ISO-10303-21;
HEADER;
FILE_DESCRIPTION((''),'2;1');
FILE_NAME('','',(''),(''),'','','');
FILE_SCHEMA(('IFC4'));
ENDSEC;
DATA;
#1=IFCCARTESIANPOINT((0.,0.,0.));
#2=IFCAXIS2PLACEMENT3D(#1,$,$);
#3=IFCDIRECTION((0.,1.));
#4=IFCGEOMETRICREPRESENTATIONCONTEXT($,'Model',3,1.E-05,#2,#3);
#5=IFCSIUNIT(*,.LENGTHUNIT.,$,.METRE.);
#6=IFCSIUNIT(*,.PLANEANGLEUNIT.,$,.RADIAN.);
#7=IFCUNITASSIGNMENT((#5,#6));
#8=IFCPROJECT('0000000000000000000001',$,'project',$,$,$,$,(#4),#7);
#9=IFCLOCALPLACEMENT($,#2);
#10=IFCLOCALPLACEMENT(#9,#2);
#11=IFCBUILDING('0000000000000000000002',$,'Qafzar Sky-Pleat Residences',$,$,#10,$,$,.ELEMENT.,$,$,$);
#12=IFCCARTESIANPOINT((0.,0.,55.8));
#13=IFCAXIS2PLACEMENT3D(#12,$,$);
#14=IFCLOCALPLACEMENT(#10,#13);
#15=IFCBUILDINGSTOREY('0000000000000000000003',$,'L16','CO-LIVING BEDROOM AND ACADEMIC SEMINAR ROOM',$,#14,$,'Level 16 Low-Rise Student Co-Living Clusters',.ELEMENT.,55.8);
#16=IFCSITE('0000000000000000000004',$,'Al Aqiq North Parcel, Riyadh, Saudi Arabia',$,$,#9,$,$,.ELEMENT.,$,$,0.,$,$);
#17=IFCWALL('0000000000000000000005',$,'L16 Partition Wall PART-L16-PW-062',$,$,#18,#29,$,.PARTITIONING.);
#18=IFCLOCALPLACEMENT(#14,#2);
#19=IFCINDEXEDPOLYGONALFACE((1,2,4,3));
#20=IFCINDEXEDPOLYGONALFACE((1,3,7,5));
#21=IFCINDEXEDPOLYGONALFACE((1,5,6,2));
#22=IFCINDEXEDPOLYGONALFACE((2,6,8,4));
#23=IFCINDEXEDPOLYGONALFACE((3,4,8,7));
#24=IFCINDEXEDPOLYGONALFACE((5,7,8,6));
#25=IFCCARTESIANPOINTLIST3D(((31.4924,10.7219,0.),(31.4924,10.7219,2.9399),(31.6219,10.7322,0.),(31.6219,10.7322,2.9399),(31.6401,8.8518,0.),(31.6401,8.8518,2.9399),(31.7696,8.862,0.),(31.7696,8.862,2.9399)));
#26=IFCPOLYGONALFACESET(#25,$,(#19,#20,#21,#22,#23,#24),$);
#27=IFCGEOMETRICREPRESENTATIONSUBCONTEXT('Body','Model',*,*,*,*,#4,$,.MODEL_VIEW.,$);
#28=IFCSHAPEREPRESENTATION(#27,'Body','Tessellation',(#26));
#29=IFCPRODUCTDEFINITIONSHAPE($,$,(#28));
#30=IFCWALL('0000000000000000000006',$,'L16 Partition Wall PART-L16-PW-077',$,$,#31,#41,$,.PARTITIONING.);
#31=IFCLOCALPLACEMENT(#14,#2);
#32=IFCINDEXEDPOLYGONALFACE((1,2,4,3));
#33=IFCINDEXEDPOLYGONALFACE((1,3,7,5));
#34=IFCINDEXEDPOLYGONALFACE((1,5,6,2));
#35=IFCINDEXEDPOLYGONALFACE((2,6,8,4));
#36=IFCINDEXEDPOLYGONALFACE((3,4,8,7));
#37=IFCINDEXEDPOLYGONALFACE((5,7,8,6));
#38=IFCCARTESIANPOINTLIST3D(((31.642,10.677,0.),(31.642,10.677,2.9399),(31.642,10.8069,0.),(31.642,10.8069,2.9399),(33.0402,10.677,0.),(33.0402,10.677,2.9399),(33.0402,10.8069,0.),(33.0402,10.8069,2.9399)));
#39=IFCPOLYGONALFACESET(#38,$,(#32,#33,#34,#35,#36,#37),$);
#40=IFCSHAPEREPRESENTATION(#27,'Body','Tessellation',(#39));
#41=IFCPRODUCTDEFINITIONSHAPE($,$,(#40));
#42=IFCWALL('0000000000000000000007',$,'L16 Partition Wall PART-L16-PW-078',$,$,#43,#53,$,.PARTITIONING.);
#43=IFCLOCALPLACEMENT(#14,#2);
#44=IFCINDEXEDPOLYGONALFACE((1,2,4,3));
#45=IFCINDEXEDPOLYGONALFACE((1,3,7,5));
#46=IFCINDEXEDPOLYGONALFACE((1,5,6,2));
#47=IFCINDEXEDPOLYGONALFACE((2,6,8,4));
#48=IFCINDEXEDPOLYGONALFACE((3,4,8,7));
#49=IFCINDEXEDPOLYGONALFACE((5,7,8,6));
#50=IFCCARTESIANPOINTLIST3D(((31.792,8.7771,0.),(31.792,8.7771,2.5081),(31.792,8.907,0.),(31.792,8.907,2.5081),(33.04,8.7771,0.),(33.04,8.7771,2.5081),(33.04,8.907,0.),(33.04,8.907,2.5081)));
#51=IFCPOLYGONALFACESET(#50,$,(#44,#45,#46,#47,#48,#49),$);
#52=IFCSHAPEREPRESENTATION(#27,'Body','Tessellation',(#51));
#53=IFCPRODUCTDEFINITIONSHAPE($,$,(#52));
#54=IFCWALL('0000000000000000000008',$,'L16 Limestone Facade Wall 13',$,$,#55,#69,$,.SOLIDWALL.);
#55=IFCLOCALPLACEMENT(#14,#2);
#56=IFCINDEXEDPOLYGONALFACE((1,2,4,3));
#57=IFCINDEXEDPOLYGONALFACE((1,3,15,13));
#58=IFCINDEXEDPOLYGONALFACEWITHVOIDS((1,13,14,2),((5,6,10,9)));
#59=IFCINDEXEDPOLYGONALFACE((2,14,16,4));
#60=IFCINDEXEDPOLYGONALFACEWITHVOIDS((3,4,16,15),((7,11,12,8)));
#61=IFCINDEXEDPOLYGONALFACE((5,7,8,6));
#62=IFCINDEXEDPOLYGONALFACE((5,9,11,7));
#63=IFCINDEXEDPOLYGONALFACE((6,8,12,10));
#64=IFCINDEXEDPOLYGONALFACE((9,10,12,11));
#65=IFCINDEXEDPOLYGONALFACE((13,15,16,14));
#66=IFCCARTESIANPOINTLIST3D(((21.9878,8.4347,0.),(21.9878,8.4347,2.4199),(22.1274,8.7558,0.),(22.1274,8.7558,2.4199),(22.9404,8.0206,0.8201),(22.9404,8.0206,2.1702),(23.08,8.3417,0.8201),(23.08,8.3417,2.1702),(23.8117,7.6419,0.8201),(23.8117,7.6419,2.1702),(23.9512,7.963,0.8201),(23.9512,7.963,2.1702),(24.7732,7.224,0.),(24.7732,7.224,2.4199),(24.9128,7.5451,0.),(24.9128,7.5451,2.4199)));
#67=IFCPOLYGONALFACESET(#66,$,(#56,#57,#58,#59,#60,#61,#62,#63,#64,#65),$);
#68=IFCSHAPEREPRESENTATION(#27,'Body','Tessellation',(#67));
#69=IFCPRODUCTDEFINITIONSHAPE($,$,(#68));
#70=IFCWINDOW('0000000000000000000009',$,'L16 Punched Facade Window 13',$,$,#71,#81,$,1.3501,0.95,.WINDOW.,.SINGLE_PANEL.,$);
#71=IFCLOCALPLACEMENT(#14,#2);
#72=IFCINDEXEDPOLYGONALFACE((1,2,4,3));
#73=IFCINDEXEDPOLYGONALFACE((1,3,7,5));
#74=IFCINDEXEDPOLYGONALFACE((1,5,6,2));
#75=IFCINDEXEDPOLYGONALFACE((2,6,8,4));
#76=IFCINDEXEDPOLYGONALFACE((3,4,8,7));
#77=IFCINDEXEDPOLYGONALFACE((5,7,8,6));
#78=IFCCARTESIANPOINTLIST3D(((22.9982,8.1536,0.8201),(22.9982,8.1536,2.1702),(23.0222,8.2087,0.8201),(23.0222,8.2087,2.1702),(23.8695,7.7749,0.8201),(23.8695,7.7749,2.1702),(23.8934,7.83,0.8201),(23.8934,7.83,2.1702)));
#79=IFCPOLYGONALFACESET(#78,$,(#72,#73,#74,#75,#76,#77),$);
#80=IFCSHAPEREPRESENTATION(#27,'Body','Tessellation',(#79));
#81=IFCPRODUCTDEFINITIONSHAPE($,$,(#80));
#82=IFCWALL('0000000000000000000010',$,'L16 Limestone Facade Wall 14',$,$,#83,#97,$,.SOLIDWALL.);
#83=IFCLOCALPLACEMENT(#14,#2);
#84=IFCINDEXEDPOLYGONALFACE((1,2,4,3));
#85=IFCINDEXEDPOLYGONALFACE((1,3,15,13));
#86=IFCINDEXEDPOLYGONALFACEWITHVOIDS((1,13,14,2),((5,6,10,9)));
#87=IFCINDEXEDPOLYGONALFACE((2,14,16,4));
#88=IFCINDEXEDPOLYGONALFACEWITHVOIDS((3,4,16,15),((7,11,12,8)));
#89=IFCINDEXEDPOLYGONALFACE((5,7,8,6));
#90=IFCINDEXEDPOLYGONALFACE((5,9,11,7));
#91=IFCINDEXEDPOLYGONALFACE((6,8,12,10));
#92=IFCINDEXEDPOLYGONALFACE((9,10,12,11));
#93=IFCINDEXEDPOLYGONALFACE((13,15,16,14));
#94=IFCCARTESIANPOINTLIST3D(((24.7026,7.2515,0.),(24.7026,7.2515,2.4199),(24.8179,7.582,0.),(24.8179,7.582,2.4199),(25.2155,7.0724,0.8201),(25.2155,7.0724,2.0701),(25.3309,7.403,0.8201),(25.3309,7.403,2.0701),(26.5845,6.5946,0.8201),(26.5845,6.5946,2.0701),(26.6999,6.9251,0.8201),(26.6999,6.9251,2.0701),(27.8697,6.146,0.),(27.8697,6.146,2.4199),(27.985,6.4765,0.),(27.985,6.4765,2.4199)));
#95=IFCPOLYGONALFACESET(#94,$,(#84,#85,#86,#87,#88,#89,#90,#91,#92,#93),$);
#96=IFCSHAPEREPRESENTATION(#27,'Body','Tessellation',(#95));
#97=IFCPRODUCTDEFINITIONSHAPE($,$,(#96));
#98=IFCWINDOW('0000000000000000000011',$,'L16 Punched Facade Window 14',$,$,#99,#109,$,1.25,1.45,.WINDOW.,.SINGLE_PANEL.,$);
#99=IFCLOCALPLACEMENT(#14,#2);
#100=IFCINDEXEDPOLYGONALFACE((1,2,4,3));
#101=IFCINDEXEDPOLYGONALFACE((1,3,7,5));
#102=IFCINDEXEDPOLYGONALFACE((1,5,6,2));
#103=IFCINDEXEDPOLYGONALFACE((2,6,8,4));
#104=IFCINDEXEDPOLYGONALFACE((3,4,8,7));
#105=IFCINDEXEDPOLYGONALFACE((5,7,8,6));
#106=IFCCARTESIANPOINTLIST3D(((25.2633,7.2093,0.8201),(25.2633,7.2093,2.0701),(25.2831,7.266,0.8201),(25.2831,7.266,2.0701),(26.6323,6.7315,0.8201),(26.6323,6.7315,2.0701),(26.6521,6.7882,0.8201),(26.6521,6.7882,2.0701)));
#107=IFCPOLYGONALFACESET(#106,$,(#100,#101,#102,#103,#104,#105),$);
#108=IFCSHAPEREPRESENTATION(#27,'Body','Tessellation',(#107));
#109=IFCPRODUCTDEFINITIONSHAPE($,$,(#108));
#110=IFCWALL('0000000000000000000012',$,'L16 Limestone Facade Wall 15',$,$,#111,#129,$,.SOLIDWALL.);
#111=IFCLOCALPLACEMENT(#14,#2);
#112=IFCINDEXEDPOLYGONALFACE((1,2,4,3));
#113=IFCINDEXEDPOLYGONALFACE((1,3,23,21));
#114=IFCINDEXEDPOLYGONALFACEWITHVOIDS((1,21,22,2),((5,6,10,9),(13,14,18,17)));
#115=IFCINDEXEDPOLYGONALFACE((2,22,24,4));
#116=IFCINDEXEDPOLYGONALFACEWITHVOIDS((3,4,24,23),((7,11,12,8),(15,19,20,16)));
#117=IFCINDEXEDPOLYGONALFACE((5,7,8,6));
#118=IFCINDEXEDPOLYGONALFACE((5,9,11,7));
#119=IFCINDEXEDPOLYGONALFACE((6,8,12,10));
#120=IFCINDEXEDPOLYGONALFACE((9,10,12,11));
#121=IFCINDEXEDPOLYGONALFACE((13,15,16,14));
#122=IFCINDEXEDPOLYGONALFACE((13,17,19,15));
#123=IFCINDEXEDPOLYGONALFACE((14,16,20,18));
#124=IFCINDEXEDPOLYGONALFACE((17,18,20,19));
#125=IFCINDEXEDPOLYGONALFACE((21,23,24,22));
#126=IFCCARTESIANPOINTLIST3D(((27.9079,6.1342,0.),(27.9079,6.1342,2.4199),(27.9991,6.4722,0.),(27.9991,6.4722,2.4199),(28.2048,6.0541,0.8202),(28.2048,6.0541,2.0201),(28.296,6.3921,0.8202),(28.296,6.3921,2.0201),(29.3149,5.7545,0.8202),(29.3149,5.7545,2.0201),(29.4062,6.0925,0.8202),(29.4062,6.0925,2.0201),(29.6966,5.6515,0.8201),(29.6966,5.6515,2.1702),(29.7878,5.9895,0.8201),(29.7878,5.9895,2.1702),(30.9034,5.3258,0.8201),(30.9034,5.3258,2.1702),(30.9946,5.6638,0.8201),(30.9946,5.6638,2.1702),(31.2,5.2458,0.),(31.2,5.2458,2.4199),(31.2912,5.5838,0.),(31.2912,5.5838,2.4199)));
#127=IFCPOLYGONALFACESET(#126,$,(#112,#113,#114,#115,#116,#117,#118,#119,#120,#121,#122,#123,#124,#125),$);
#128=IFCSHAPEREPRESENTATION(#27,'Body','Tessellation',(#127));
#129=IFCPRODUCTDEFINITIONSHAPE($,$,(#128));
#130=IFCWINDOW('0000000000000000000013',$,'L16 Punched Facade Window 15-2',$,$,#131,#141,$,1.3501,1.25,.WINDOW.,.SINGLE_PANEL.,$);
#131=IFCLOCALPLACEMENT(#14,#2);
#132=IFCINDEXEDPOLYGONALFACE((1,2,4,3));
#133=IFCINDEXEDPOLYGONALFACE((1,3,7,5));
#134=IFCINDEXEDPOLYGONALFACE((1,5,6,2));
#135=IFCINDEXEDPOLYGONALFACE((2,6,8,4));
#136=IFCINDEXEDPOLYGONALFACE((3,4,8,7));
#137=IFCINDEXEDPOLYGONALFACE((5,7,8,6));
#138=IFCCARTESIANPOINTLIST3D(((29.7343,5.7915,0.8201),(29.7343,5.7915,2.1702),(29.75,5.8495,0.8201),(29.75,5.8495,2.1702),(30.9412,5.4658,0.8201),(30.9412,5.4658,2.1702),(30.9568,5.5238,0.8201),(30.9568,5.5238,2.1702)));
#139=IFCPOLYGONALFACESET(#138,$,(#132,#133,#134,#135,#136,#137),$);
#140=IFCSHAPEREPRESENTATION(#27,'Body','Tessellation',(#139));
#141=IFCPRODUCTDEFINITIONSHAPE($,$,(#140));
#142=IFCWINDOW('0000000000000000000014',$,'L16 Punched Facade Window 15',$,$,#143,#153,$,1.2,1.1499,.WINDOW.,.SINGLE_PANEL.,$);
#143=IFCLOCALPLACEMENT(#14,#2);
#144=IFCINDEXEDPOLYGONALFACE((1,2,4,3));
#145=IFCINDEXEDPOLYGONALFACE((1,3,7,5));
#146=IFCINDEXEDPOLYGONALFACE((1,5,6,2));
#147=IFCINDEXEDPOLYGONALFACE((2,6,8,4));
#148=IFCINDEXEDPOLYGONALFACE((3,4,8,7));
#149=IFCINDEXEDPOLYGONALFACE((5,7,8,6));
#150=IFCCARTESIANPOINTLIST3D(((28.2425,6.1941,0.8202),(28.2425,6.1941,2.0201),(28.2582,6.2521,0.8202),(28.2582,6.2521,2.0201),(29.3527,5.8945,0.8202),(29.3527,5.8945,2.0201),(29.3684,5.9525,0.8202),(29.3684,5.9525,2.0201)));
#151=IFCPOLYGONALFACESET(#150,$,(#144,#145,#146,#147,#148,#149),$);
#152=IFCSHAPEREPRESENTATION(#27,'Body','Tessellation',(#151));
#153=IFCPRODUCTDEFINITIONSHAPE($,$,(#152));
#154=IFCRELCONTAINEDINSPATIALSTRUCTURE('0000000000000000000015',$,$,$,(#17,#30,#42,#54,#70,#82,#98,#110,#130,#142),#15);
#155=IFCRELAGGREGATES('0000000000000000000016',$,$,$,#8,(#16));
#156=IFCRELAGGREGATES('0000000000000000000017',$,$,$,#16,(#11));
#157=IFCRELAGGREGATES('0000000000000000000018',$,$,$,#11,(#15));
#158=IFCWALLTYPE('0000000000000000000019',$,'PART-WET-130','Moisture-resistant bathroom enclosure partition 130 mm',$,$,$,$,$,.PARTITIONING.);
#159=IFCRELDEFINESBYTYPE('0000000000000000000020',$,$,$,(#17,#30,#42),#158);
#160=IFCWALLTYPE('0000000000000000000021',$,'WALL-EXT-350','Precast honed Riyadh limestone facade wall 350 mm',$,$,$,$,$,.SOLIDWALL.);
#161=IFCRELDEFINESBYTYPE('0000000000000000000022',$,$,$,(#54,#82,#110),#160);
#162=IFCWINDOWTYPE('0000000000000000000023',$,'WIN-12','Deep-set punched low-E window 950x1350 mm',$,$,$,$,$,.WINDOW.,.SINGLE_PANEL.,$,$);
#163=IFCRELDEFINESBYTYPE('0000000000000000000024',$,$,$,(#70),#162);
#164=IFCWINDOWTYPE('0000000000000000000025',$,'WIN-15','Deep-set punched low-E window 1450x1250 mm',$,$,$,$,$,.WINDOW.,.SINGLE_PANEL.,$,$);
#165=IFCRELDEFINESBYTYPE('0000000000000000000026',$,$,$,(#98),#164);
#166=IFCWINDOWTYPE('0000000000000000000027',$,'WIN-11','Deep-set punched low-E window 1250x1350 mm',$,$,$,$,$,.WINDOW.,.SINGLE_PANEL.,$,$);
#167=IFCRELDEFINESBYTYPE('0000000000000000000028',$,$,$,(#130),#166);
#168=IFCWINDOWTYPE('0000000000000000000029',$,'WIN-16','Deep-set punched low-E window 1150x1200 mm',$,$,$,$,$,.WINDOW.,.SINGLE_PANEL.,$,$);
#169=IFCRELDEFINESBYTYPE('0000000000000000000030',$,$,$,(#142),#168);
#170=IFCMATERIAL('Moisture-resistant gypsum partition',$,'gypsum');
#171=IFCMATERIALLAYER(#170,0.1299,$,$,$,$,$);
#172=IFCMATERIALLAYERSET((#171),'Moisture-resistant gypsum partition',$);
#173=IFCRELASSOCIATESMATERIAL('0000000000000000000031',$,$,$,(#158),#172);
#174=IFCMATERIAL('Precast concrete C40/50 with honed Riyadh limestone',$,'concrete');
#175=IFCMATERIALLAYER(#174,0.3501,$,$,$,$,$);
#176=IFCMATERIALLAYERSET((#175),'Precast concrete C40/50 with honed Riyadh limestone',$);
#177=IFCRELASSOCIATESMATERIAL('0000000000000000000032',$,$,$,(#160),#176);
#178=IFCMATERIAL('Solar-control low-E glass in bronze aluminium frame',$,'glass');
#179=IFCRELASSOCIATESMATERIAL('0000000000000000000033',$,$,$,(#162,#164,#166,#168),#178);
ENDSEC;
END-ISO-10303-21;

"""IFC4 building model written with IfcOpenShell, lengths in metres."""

from ifc_helpers import new_model, si_unit, direction, frame, frame_2d, origin, place, context, subcontext, project, spatial, rectangle, extrude, source, transform, mapped, material, layer, layer_set, type_object, element, fill, save


model = new_model("IFC4")

# Units and contexts
model_context = context("Model", 3, precision=1e-05, world=origin(), true_north=direction((0.0, 1.0)))
body_context = subcontext(model_context, "Body", "Model", "MODEL_VIEW")
ifc_project = project(units=[si_unit("LENGTHUNIT", "METRE"), si_unit("PLANEANGLEUNIT", "RADIAN")], contexts=[model_context])

# Site, building, storey
site_placement = place(None, origin())
site = spatial("IfcSite", under=ifc_project, at=site_placement, Name="Al Aqiq North Parcel, Riyadh, Saudi Arabia", CompositionType="ELEMENT", RefElevation=0.0)
building_placement = place(site_placement, origin())
building = spatial("IfcBuilding", under=site, at=building_placement, Name="Qafzar Sky-Pleat Residences", CompositionType="ELEMENT")
storey_placement = place(building_placement, frame((0.0, 0.0, 55.8)))
storey = spatial("IfcBuildingStorey", under=building, at=storey_placement, Name="L16", Description="CO-LIVING BEDROOM AND ACADEMIC SEMINAR ROOM", LongName="Level 16 Low-Rise Student Co-Living Clusters", CompositionType="ELEMENT", Elevation=55.8)

# Walls
ifc_material_1 = material(Name="Moisture-resistant gypsum partition", Category="gypsum")
ifc_layer_1 = layer(ifc_material_1, 0.1299)
ifc_layer_set_1 = layer_set([ifc_layer_1], Name="Moisture-resistant gypsum partition")
wall_type_1 = type_object("IfcWallType", Name="PART-WET-130", Description="Moisture-resistant bathroom enclosure partition 130 mm", PredefinedType="PARTITIONING", material=ifc_layer_set_1)
wall_1_placement = place(storey_placement, frame((31.5571, 10.7271, 0.0), z_axis=(0.0, 0.0, 1.0), x_axis=(0.078737, -0.996895, 0.0)))
element("IfcWall", 1, at=wall_1_placement, inside=storey, type_object=wall_type_1, Name="L16 Partition Wall PART-L16-PW-062", PredefinedType="PARTITIONING", context=body_context, shape_type="SweptSolid", body=[
    extrude(rectangle(XDim=1.876, YDim=0.1299, at=frame_2d((0.938, 0.0))), origin(), (0.0, 0.0, 1.0), 2.9399),
])
wall_2_placement = place(storey_placement, frame((31.6418, 10.7419, 0.0), z_axis=(0.0, 0.0, 1.0), x_axis=(1.0, 0.0, 0.0)))
element("IfcWall", 2, at=wall_2_placement, inside=storey, type_object=wall_type_1, Name="L16 Partition Wall PART-L16-PW-077", PredefinedType="PARTITIONING", context=body_context, shape_type="SweptSolid", body=[
    extrude(rectangle(XDim=1.3982, YDim=0.1299, at=frame_2d((0.6992, 0.0))), origin(), (0.0, 0.0, 1.0), 2.9399),
])
wall_3_placement = place(storey_placement, frame((31.792, 8.842, 0.0), z_axis=(0.0, 0.0, 1.0), x_axis=(1.0, 0.0, 0.0)))
element("IfcWall", 3, at=wall_3_placement, inside=storey, type_object=wall_type_1, Name="L16 Partition Wall PART-L16-PW-078", PredefinedType="PARTITIONING", context=body_context, shape_type="SweptSolid", body=[
    extrude(rectangle(XDim=1.248, YDim=0.1299, at=frame_2d((0.624, 0.0))), origin(), (0.0, 0.0, 1.0), 2.5081),
])

# Walls, openings, windows
ifc_material_2 = material(Name="Precast concrete C40/50 with honed Riyadh limestone", Category="concrete")
ifc_layer_2 = layer(ifc_material_2, 0.3501)
ifc_layer_set_2 = layer_set([ifc_layer_2], Name="Precast concrete C40/50 with honed Riyadh limestone")
wall_type_2 = type_object("IfcWallType", Name="WALL-EXT-350", Description="Precast honed Riyadh limestone facade wall 350 mm", PredefinedType="SOLIDWALL", material=ifc_layer_set_2)
wall_4_placement = place(storey_placement, frame((22.0576, 8.5952, 0.0), z_axis=(0.0, 0.0, 1.0), x_axis=(0.917112, -0.398629, 0.0)))
wall_4 = element("IfcWall", 4, at=wall_4_placement, inside=storey, type_object=wall_type_2, Name="L16 Limestone Facade Wall 13", PredefinedType="SOLIDWALL", context=body_context, shape_type="SweptSolid", body=[
    extrude(rectangle(XDim=3.0371, YDim=0.3501, at=frame_2d((1.5186, 0.0))), origin(), (0.0, 0.0, 1.0), 2.4199),
])
opening_1_placement = place(wall_4_placement, frame((1.0386, 0.0, 0.8201)))
opening_1 = element("IfcOpeningElement", 5, at=opening_1_placement, cuts=wall_4, PredefinedType="OPENING", context=body_context, shape_type="SweptSolid", body=[
    extrude(rectangle(XDim=0.95, YDim=1.3501, at=frame_2d((0.4751, 0.675))), frame((0.0, 0.1851, 0.0), z_axis=(0.0, -1.0, 0.0), x_axis=(1.0, 0.0, 0.0)), (0.0, 0.0, 1.0), 0.3701),
])
ifc_material_3 = material(Name="Solar-control low-E glass in bronze aluminium frame", Category="glass")
window_type_1 = type_object("IfcWindowType", Name="WIN-12", Description="Deep-set punched low-E window 950x1350 mm", PartitioningType="SINGLE_PANEL", PredefinedType="WINDOW", material=ifc_material_3)
shared_shape_1 = source(origin(), body_context, "Body", "SweptSolid", [
    extrude(rectangle(XDim=0.95, YDim=1.3501, at=frame_2d((0.4751, 0.675))), frame((0.0, 0.03, 0.0), z_axis=(0.0, -1.0, 0.0), x_axis=(1.0, 0.0, 0.0)), (0.0, 0.0, 1.0), 0.0601),
])
window_1_placement = place(opening_1_placement, origin())
window_1 = element("IfcWindow", 6, at=window_1_placement, inside=storey, type_object=window_type_1, Name="L16 Punched Facade Window 13", OverallHeight=1.3501, OverallWidth=0.95, PartitioningType="SINGLE_PANEL", PredefinedType="WINDOW", context=body_context, shape_type="MappedRepresentation", body=[
    mapped(shared_shape_1, transform((0.0, 0.0, 0.0), x_axis=(1.0, 0.0, 0.0), y_axis=(0.0, 1.0, 0.0), z_axis=(0.0, 0.0, 1.0), scale=1.0)),
])
fill(opening_1, window_1)
wall_5_placement = place(storey_placement, frame((24.7603, 7.4167, 0.0), z_axis=(0.0, 0.0, 1.0), x_axis=(0.944135, -0.329559, 0.0)))
wall_5 = element("IfcWall", 7, at=wall_5_placement, inside=storey, type_object=wall_type_2, Name="L16 Limestone Facade Wall 14", PredefinedType="SOLIDWALL", context=body_context, shape_type="SweptSolid", body=[
    extrude(rectangle(XDim=3.3545, YDim=0.3501, at=frame_2d((1.6772, 0.0))), origin(), (0.0, 0.0, 1.0), 2.4199),
])
opening_2_placement = place(wall_5_placement, frame((0.5432, 0.0, 0.8201)))
opening_2 = element("IfcOpeningElement", 8, at=opening_2_placement, cuts=wall_5, PredefinedType="OPENING", context=body_context, shape_type="SweptSolid", body=[
    extrude(rectangle(XDim=1.45, YDim=1.25, at=frame_2d((0.7251, 0.625))), frame((0.0, 0.1851, 0.0), z_axis=(0.0, -1.0, 0.0), x_axis=(1.0, 0.0, 0.0)), (0.0, 0.0, 1.0), 0.3701),
])
window_type_2 = type_object("IfcWindowType", Name="WIN-15", Description="Deep-set punched low-E window 1450x1250 mm", PartitioningType="SINGLE_PANEL", PredefinedType="WINDOW", material=ifc_material_3)
shared_shape_2 = source(origin(), body_context, "Body", "SweptSolid", [
    extrude(rectangle(XDim=1.45, YDim=1.25, at=frame_2d((0.7251, 0.625))), frame((0.0, 0.03, 0.0), z_axis=(0.0, -1.0, 0.0), x_axis=(1.0, 0.0, 0.0)), (0.0, 0.0, 1.0), 0.0601),
])
window_2_placement = place(opening_2_placement, origin())
window_2 = element("IfcWindow", 9, at=window_2_placement, inside=storey, type_object=window_type_2, Name="L16 Punched Facade Window 14", OverallHeight=1.25, OverallWidth=1.45, PartitioningType="SINGLE_PANEL", PredefinedType="WINDOW", context=body_context, shape_type="MappedRepresentation", body=[
    mapped(shared_shape_2, transform((0.0, 0.0, 0.0), x_axis=(1.0, 0.0, 0.0), y_axis=(0.0, 1.0, 0.0), z_axis=(0.0, 0.0, 1.0), scale=1.0)),
])
fill(opening_2, window_2)

# Wall, openings, windows
wall_6_placement = place(storey_placement, frame((27.9534, 6.3032, 0.0), z_axis=(0.0, 0.0, 1.0), x_axis=(0.965464, -0.260536, 0.0)))
wall_6 = element("IfcWall", 10, at=wall_6_placement, inside=storey, type_object=wall_type_2, Name="L16 Limestone Facade Wall 15", PredefinedType="SOLIDWALL", context=body_context, shape_type="SweptSolid", body=[
    extrude(rectangle(XDim=3.4099, YDim=0.3501, at=frame_2d((1.7051, 0.0))), origin(), (0.0, 0.0, 1.0), 2.4199),
])
opening_3_placement = place(wall_6_placement, frame((0.3076, 0.0, 0.8201)))
opening_3 = element("IfcOpeningElement", 11, at=opening_3_placement, cuts=wall_6, PredefinedType="OPENING", context=body_context, shape_type="SweptSolid", body=[
    extrude(rectangle(XDim=1.1499, YDim=1.2, at=frame_2d((0.575, 0.6001))), frame((0.0, 0.1851, 0.0), z_axis=(0.0, -1.0, 0.0), x_axis=(1.0, 0.0, 0.0)), (0.0, 0.0, 1.0), 0.3701),
])
opening_4_placement = place(wall_6_placement, frame((1.8528, 0.0, 0.8201)))
opening_4 = element("IfcOpeningElement", 12, at=opening_4_placement, cuts=wall_6, PredefinedType="OPENING", context=body_context, shape_type="SweptSolid", body=[
    extrude(rectangle(XDim=1.25, YDim=1.3501, at=frame_2d((0.625, 0.675))), frame((0.0, 0.1851, 0.0), z_axis=(0.0, -1.0, 0.0), x_axis=(1.0, 0.0, 0.0)), (0.0, 0.0, 1.0), 0.3701),
])
window_type_3 = type_object("IfcWindowType", Name="WIN-11", Description="Deep-set punched low-E window 1250x1350 mm", PartitioningType="SINGLE_PANEL", PredefinedType="WINDOW", material=ifc_material_3)
shared_shape_3 = source(origin(), body_context, "Body", "SweptSolid", [
    extrude(rectangle(XDim=1.25, YDim=1.3501, at=frame_2d((0.625, 0.675))), frame((0.0, 0.03, 0.0), z_axis=(0.0, -1.0, 0.0), x_axis=(1.0, 0.0, 0.0)), (0.0, 0.0, 1.0), 0.0601),
])
window_3_placement = place(opening_4_placement, origin())
window_3 = element("IfcWindow", 13, at=window_3_placement, inside=storey, type_object=window_type_3, Name="L16 Punched Facade Window 15-2", OverallHeight=1.3501, OverallWidth=1.25, PartitioningType="SINGLE_PANEL", PredefinedType="WINDOW", context=body_context, shape_type="MappedRepresentation", body=[
    mapped(shared_shape_3, transform((0.0, 0.0, 0.0), x_axis=(1.0, 0.0, 0.0), y_axis=(0.0, 1.0, 0.0), z_axis=(0.0, 0.0, 1.0), scale=1.0)),
])
fill(opening_4, window_3)
window_type_4 = type_object("IfcWindowType", Name="WIN-16", Description="Deep-set punched low-E window 1150x1200 mm", PartitioningType="SINGLE_PANEL", PredefinedType="WINDOW", material=ifc_material_3)
shared_shape_4 = source(origin(), body_context, "Body", "SweptSolid", [
    extrude(rectangle(XDim=1.1499, YDim=1.2, at=frame_2d((0.575, 0.6001))), frame((0.0, 0.03, 0.0), z_axis=(0.0, -1.0, 0.0), x_axis=(1.0, 0.0, 0.0)), (0.0, 0.0, 1.0), 0.0601),
])
window_4_placement = place(opening_3_placement, origin())
window_4 = element("IfcWindow", 14, at=window_4_placement, inside=storey, type_object=window_type_4, Name="L16 Punched Facade Window 15", OverallHeight=1.2, OverallWidth=1.1499, PartitioningType="SINGLE_PANEL", PredefinedType="WINDOW", context=body_context, shape_type="MappedRepresentation", body=[
    mapped(shared_shape_4, transform((0.0, 0.0, 0.0), x_axis=(1.0, 0.0, 0.0), y_axis=(0.0, 1.0, 0.0), z_axis=(0.0, 0.0, 1.0), scale=1.0)),
])
fill(opening_3, window_4)

save(model, "model.ifc")
